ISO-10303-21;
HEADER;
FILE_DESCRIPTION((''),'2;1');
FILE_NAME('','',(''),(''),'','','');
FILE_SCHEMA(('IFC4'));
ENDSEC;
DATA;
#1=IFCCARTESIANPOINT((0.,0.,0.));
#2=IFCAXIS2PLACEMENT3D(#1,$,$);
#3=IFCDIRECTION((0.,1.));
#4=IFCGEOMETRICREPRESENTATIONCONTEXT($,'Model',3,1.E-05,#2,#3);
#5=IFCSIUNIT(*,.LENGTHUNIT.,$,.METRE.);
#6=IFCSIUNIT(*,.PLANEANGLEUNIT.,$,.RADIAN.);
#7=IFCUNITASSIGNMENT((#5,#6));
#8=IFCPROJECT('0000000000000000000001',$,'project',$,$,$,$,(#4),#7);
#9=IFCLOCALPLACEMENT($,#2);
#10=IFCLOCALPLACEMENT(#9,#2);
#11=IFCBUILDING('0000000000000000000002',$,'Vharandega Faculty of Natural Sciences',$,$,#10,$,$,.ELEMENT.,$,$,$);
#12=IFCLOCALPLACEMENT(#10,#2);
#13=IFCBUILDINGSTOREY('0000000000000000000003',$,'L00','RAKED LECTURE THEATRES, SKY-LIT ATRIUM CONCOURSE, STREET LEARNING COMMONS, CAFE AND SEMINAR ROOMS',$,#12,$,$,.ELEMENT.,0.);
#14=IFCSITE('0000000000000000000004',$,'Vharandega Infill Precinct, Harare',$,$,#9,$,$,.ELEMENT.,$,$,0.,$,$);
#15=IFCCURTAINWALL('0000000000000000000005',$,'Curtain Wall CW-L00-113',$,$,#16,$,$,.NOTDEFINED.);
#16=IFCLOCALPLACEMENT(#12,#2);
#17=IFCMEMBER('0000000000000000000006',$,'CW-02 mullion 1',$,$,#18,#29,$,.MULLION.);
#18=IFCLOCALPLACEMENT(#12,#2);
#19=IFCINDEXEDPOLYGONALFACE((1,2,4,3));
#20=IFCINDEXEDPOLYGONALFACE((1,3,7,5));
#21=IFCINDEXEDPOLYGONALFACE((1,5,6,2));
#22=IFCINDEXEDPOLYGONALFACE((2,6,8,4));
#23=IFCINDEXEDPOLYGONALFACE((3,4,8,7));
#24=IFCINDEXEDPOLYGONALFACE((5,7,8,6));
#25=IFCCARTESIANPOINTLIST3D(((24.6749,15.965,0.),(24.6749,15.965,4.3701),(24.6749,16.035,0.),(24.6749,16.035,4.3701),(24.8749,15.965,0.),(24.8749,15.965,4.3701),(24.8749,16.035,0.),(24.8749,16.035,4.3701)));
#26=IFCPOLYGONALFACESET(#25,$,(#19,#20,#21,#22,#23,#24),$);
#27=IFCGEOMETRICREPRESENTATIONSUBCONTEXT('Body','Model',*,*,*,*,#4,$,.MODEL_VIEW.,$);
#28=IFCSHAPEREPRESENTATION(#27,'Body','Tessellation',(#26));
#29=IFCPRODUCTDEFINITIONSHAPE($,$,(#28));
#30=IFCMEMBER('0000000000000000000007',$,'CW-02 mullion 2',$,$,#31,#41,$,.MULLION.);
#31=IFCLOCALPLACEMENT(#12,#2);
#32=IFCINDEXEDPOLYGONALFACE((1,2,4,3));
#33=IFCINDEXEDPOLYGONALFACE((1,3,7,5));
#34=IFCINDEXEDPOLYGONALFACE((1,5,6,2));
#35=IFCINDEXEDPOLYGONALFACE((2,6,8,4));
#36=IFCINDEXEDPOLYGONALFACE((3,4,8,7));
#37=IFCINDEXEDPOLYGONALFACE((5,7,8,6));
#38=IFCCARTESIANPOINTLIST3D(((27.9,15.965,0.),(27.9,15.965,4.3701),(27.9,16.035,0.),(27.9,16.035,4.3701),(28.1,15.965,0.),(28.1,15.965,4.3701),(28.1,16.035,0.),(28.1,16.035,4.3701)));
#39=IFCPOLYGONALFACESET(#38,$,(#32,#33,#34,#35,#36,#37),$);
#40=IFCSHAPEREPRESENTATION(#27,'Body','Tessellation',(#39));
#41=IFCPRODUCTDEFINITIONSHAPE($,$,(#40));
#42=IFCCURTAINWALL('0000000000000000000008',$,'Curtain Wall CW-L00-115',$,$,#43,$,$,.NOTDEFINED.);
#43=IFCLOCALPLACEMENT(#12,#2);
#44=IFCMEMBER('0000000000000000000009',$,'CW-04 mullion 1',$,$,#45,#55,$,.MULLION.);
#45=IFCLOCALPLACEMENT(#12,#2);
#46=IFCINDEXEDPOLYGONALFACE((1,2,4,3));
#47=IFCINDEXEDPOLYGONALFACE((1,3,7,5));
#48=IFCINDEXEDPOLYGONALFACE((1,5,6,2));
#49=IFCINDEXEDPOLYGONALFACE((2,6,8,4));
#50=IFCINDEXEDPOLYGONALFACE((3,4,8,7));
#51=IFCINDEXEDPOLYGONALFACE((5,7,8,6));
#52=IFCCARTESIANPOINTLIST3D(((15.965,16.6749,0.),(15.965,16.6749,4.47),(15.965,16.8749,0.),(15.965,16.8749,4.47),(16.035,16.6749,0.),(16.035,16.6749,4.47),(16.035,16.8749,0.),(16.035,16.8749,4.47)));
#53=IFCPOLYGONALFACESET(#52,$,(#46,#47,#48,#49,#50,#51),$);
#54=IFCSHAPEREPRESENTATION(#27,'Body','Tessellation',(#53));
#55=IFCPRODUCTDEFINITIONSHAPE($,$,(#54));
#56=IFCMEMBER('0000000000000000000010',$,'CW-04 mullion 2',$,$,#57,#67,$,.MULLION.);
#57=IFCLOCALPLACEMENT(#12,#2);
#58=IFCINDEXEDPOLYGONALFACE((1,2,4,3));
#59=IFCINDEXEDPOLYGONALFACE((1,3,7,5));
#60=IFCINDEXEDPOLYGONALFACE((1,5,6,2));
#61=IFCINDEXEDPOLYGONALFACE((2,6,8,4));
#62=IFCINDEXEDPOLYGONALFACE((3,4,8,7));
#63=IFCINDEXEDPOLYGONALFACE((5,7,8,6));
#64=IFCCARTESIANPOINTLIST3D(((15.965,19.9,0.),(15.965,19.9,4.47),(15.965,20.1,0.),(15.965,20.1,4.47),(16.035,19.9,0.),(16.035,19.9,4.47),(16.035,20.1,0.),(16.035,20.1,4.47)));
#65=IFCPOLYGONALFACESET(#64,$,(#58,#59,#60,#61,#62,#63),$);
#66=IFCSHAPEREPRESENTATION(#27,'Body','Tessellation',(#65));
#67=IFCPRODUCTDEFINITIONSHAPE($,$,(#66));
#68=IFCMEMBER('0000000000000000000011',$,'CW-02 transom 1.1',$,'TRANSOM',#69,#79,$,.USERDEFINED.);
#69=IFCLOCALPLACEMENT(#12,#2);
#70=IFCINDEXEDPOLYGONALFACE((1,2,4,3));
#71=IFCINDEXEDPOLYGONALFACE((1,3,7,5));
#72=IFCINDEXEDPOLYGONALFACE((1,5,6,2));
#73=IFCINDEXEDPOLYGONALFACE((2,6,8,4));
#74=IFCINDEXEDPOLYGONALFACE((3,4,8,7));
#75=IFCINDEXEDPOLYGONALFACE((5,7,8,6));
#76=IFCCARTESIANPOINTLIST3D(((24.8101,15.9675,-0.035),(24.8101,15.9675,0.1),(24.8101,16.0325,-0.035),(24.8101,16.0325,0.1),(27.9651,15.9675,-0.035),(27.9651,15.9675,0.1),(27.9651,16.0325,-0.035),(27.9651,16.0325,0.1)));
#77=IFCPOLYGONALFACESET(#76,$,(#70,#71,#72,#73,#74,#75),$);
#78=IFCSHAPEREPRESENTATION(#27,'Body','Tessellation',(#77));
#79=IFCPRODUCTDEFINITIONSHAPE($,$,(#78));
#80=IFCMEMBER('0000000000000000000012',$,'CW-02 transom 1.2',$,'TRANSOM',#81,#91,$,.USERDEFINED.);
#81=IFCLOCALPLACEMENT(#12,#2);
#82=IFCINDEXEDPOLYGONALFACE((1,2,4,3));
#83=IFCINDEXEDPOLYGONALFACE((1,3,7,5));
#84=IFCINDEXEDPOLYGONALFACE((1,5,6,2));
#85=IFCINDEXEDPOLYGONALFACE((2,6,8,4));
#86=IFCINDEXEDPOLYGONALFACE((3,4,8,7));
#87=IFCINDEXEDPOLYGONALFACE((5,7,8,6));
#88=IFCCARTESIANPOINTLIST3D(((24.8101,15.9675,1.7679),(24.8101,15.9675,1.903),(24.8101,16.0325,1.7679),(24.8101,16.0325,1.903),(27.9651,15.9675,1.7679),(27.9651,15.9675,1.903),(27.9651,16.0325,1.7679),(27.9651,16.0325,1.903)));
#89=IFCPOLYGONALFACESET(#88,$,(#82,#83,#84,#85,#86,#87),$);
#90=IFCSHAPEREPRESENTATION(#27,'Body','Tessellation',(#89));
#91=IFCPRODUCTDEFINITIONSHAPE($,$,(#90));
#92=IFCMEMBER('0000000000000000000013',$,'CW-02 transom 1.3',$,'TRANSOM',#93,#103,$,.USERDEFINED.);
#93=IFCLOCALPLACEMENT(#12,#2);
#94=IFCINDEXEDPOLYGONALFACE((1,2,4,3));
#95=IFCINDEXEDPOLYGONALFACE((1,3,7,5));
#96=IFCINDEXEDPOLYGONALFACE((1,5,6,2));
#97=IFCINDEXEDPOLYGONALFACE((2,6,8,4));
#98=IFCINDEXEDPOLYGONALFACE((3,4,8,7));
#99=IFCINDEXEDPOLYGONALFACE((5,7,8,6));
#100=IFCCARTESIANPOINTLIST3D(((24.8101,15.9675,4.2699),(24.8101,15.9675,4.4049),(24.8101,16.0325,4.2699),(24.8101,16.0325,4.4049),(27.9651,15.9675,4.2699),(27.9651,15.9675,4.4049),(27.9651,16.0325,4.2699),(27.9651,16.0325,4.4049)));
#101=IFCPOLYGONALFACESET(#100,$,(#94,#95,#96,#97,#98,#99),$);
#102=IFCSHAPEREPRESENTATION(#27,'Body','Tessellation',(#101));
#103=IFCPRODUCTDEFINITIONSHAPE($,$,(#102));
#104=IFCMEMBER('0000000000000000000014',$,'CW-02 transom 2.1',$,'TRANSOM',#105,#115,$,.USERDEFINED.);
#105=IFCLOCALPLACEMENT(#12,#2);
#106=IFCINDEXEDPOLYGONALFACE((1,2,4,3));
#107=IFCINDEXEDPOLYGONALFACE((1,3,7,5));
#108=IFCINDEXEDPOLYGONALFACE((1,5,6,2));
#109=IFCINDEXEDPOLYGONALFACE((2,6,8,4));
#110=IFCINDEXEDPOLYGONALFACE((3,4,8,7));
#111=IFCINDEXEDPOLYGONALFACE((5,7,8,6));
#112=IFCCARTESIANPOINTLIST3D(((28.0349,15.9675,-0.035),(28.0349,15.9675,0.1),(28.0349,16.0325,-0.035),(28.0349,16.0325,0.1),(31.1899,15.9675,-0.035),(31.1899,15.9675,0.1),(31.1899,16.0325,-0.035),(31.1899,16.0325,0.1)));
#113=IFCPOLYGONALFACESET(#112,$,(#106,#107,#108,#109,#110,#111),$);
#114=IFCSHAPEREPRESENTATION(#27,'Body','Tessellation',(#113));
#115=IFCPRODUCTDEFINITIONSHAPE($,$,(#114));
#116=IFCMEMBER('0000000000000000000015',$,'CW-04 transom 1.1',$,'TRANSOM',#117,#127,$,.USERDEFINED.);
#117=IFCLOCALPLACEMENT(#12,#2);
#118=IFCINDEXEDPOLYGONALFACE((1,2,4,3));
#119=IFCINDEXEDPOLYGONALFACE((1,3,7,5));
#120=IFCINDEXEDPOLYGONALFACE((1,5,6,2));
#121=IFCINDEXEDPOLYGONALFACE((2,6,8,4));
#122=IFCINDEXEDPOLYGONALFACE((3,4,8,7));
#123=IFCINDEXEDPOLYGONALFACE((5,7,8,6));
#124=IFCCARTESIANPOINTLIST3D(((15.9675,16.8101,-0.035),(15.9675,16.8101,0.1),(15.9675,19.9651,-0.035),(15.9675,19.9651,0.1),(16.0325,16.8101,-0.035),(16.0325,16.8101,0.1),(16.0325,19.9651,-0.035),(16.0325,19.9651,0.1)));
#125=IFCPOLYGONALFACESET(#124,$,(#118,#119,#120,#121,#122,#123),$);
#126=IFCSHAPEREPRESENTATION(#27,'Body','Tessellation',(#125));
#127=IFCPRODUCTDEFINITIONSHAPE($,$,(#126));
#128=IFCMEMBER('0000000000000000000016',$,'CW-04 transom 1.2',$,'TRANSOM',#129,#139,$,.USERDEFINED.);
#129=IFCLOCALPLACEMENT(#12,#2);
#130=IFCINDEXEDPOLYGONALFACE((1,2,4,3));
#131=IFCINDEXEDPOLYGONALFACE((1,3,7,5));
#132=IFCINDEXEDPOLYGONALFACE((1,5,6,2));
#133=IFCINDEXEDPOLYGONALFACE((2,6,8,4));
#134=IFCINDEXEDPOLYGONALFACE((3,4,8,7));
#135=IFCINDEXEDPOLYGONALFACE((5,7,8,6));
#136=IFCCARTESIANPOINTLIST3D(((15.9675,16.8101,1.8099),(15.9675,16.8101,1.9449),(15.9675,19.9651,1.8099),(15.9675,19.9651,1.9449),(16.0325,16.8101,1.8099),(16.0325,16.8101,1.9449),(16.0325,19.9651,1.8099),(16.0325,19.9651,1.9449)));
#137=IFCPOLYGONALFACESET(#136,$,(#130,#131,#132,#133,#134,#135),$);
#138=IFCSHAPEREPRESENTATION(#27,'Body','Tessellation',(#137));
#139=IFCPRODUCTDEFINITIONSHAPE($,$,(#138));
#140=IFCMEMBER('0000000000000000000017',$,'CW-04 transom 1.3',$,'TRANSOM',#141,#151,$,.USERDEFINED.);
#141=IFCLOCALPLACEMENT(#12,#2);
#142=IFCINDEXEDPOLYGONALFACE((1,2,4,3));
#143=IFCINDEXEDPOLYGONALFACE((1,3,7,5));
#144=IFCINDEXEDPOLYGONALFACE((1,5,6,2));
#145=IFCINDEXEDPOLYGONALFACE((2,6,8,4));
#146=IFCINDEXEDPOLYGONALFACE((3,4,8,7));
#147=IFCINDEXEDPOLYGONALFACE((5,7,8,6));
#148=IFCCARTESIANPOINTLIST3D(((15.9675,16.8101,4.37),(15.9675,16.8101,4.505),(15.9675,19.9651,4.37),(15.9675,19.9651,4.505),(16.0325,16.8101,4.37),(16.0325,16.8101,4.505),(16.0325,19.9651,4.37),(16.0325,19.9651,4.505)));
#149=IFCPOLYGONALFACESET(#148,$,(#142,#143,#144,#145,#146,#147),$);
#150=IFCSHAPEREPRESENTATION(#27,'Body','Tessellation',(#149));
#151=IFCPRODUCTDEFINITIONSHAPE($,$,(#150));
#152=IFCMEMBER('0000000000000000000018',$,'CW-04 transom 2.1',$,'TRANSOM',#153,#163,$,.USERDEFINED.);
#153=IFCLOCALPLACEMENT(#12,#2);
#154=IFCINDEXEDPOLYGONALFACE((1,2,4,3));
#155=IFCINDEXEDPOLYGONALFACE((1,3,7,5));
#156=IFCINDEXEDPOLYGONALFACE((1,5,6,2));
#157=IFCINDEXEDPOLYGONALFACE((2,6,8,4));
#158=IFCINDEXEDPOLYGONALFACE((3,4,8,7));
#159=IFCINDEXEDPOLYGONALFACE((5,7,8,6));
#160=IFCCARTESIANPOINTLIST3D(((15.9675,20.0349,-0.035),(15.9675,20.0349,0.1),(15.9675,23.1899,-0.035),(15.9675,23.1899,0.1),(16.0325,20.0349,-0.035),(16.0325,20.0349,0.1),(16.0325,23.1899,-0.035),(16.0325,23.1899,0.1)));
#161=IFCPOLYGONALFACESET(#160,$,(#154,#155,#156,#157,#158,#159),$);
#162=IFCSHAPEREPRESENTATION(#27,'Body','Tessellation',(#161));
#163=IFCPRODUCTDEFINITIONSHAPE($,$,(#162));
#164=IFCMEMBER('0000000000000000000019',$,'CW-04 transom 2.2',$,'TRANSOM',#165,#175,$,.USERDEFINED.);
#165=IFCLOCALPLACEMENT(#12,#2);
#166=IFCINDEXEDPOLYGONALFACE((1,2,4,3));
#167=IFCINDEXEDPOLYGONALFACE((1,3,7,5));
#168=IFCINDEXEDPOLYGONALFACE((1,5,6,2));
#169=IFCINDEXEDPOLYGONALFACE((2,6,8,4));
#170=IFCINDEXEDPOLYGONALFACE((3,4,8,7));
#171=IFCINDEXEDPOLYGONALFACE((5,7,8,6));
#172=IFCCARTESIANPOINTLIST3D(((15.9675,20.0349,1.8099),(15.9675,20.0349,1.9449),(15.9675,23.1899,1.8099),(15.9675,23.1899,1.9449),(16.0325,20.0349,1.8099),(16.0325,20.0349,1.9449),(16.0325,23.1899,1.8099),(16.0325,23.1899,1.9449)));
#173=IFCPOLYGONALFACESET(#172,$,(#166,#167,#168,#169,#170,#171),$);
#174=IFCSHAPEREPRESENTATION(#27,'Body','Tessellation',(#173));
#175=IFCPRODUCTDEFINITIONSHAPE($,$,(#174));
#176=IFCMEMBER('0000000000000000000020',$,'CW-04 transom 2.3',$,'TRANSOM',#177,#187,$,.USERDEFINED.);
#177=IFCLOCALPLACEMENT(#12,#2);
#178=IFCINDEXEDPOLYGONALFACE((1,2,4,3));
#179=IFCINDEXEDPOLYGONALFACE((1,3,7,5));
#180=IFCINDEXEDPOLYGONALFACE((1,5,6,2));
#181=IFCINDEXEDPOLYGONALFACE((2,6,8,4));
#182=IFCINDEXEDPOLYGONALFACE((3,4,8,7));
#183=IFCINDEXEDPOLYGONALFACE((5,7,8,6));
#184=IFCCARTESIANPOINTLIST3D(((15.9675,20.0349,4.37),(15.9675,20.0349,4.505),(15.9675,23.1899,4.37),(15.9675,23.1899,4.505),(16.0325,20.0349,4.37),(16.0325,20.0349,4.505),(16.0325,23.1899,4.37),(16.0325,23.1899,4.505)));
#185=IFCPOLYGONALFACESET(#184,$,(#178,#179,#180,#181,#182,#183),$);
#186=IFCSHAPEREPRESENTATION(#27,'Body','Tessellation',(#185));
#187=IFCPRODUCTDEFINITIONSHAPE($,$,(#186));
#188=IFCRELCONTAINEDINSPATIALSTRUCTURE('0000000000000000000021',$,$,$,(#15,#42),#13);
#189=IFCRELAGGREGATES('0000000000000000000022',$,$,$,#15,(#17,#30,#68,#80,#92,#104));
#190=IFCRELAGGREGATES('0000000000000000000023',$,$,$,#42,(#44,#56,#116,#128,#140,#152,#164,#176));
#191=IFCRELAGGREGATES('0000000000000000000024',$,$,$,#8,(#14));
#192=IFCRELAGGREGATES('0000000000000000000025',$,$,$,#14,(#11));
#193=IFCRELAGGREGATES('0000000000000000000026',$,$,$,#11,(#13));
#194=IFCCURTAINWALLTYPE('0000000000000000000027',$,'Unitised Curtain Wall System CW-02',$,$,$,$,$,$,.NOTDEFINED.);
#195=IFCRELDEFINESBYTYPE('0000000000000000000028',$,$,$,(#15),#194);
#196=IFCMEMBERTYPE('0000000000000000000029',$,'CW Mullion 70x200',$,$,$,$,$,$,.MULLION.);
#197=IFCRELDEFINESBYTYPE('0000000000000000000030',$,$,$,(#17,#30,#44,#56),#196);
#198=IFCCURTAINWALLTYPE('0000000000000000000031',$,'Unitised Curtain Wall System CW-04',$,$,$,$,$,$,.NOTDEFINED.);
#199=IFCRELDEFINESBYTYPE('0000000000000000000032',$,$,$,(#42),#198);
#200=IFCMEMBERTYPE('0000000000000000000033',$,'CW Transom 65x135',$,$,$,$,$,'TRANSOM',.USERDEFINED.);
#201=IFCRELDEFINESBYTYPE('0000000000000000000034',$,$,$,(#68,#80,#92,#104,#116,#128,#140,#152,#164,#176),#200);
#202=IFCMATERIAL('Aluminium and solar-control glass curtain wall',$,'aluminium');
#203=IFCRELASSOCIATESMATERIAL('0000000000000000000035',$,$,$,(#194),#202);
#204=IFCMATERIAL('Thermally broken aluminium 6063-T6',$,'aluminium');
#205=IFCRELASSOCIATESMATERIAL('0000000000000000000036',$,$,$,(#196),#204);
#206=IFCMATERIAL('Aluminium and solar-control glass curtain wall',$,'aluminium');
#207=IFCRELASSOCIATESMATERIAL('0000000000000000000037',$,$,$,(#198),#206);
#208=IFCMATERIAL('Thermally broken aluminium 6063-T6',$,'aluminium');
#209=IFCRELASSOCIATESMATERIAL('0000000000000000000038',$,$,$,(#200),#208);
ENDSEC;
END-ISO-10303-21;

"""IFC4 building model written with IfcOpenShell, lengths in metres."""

from ifc_helpers import new_model, si_unit, direction, frame, origin, origin_2d, place, context, subcontext, project, spatial, rectangle, extrude, material, material_profile, profile_set, type_object, element, aggregate, save


model = new_model("IFC4")

# Units and contexts
model_context = context("Model", 3, precision=1e-05, world=origin(), true_north=direction((0.0, 1.0)))
body_context = subcontext(model_context, "Body", "Model", "MODEL_VIEW")
ifc_project = project(units=[si_unit("LENGTHUNIT", "METRE"), si_unit("PLANEANGLEUNIT", "RADIAN")], contexts=[model_context])

# Site, building, storey
site_placement = place(None, origin())
site = spatial("IfcSite", under=ifc_project, at=site_placement, Name="Vharandega Infill Precinct, Harare", CompositionType="ELEMENT", RefElevation=0.0)
building_placement = place(site_placement, origin())
building = spatial("IfcBuilding", under=site, at=building_placement, Name="Vharandega Faculty of Natural Sciences", CompositionType="ELEMENT")
storey_placement = place(building_placement, origin())
storey = spatial("IfcBuildingStorey", under=building, at=storey_placement, Name="L00", Description="RAKED LECTURE THEATRES, SKY-LIT ATRIUM CONCOURSE, STREET LEARNING COMMONS, CAFE AND SEMINAR ROOMS", CompositionType="ELEMENT", Elevation=0.0)

# Curtain walls, members
ifc_material_1 = material(Name="Aluminium and solar-control glass curtain wall", Category="aluminium")
curtain_wall_type_1 = type_object("IfcCurtainWallType", Name="Unitised Curtain Wall System CW-02", PredefinedType="NOTDEFINED", material=ifc_material_1)
curtain_wall_1_placement = place(storey_placement, origin())
curtain_wall_1 = element("IfcCurtainWall", 1, at=curtain_wall_1_placement, inside=storey, type_object=curtain_wall_type_1, Name="Curtain Wall CW-L00-113", PredefinedType="NOTDEFINED")
ifc_material_2 = material(Name="Thermally broken aluminium 6063-T6", Category="aluminium")
ifc_material_profile_1 = material_profile(ifc_material_2, rectangle(XDim=0.0701, YDim=0.2, at=origin_2d()), Name="ALU 70x200")
ifc_profile_set_1 = profile_set([ifc_material_profile_1], Name="Thermally broken aluminium 6063-T6")
member_type_1 = type_object("IfcMemberType", Name="CW Mullion 70x200", PredefinedType="MULLION", material=ifc_profile_set_1)
member_1_placement = place(storey_placement, frame((24.7749, 16.0, 0.0), z_axis=(0.0, 0.0, 1.0), x_axis=(0.0, 1.0, 0.0)))
member_1 = element("IfcMember", 2, at=member_1_placement, type_object=member_type_1, Name="CW-02 mullion 1", PredefinedType="MULLION", context=body_context, shape_type="SweptSolid", body=[
    extrude(rectangle(XDim=0.0701, YDim=0.2, at=origin_2d()), origin(), (0.0, 0.0, 1.0), 4.3701),
])
member_2_placement = place(storey_placement, frame((28.0, 16.0, 0.0), z_axis=(0.0, 0.0, 1.0), x_axis=(0.0, 1.0, 0.0)))
member_2 = element("IfcMember", 3, at=member_2_placement, type_object=member_type_1, Name="CW-02 mullion 2", PredefinedType="MULLION", context=body_context, shape_type="SweptSolid", body=[
    extrude(rectangle(XDim=0.0701, YDim=0.2, at=origin_2d()), origin(), (0.0, 0.0, 1.0), 4.3701),
])
ifc_material_3 = material(Name="Aluminium and solar-control glass curtain wall", Category="aluminium")
curtain_wall_type_2 = type_object("IfcCurtainWallType", Name="Unitised Curtain Wall System CW-04", PredefinedType="NOTDEFINED", material=ifc_material_3)
curtain_wall_2_placement = place(storey_placement, origin())
curtain_wall_2 = element("IfcCurtainWall", 4, at=curtain_wall_2_placement, inside=storey, type_object=curtain_wall_type_2, Name="Curtain Wall CW-L00-115", PredefinedType="NOTDEFINED")
member_3_placement = place(storey_placement, frame((16.0, 16.7749, 0.0), z_axis=(0.0, 0.0, 1.0), x_axis=(-1.0, 0.0, 0.0)))
member_3 = element("IfcMember", 5, at=member_3_placement, type_object=member_type_1, Name="CW-04 mullion 1", PredefinedType="MULLION", context=body_context, shape_type="SweptSolid", body=[
    extrude(rectangle(XDim=0.0701, YDim=0.2, at=origin_2d()), origin(), (0.0, 0.0, 1.0), 4.47),
])
member_4_placement = place(storey_placement, frame((16.0, 20.0, 0.0), z_axis=(0.0, 0.0, 1.0), x_axis=(-1.0, 0.0, 0.0)))
member_4 = element("IfcMember", 6, at=member_4_placement, type_object=member_type_1, Name="CW-04 mullion 2", PredefinedType="MULLION", context=body_context, shape_type="SweptSolid", body=[
    extrude(rectangle(XDim=0.0701, YDim=0.2, at=origin_2d()), origin(), (0.0, 0.0, 1.0), 4.47),
])

# Members
ifc_material_4 = material(Name="Thermally broken aluminium 6063-T6", Category="aluminium")
ifc_material_profile_2 = material_profile(ifc_material_4, rectangle(XDim=0.0649, YDim=0.135, at=origin_2d()), Name="ALU 65x135")
ifc_profile_set_2 = profile_set([ifc_material_profile_2], Name="Thermally broken aluminium 6063-T6")
member_type_2 = type_object("IfcMemberType", Name="CW Transom 65x135", ElementType="TRANSOM", PredefinedType="USERDEFINED", material=ifc_profile_set_2)
member_5_placement = place(storey_placement, frame((24.8101, 16.0, 0.0325), z_axis=(1.0, 0.0, 0.0), x_axis=(0.0, 1.0, 0.0)))
member_5 = element("IfcMember", 7, at=member_5_placement, type_object=member_type_2, Name="CW-02 transom 1.1", ObjectType="TRANSOM", PredefinedType="USERDEFINED", context=body_context, shape_type="SweptSolid", body=[
    extrude(rectangle(XDim=0.0649, YDim=0.135, at=origin_2d()), origin(), (0.0, 0.0, 1.0), 3.155),
])
member_6_placement = place(storey_placement, frame((24.8101, 16.0, 1.8354), z_axis=(1.0, 0.0, 0.0), x_axis=(0.0, 1.0, 0.0)))
member_6 = element("IfcMember", 8, at=member_6_placement, type_object=member_type_2, Name="CW-02 transom 1.2", ObjectType="TRANSOM", PredefinedType="USERDEFINED", context=body_context, shape_type="SweptSolid", body=[
    extrude(rectangle(XDim=0.0649, YDim=0.135, at=origin_2d()), origin(), (0.0, 0.0, 1.0), 3.155),
])
member_7_placement = place(storey_placement, frame((24.8101, 16.0, 4.3374), z_axis=(1.0, 0.0, 0.0), x_axis=(0.0, 1.0, 0.0)))
member_7 = element("IfcMember", 9, at=member_7_placement, type_object=member_type_2, Name="CW-02 transom 1.3", ObjectType="TRANSOM", PredefinedType="USERDEFINED", context=body_context, shape_type="SweptSolid", body=[
    extrude(rectangle(XDim=0.0649, YDim=0.135, at=origin_2d()), origin(), (0.0, 0.0, 1.0), 3.155),
])
member_8_placement = place(storey_placement, frame((28.0349, 16.0, 0.0325), z_axis=(1.0, 0.0, 0.0), x_axis=(0.0, 1.0, 0.0)))
member_8 = element("IfcMember", 10, at=member_8_placement, type_object=member_type_2, Name="CW-02 transom 2.1", ObjectType="TRANSOM", PredefinedType="USERDEFINED", context=body_context, shape_type="SweptSolid", body=[
    extrude(rectangle(XDim=0.0649, YDim=0.135, at=origin_2d()), origin(), (0.0, 0.0, 1.0), 3.155),
])
member_9_placement = place(storey_placement, frame((16.0, 16.8101, 0.0325), z_axis=(0.0, 1.0, 0.0), x_axis=(-1.0, 0.0, 0.0)))
member_9 = element("IfcMember", 11, at=member_9_placement, type_object=member_type_2, Name="CW-04 transom 1.1", ObjectType="TRANSOM", PredefinedType="USERDEFINED", context=body_context, shape_type="SweptSolid", body=[
    extrude(rectangle(XDim=0.0649, YDim=0.135, at=origin_2d()), origin(), (0.0, 0.0, 1.0), 3.155),
])
member_10_placement = place(storey_placement, frame((16.0, 16.8101, 1.8774), z_axis=(0.0, 1.0, 0.0), x_axis=(-1.0, 0.0, 0.0)))
member_10 = element("IfcMember", 12, at=member_10_placement, type_object=member_type_2, Name="CW-04 transom 1.2", ObjectType="TRANSOM", PredefinedType="USERDEFINED", context=body_context, shape_type="SweptSolid", body=[
    extrude(rectangle(XDim=0.0649, YDim=0.135, at=origin_2d()), origin(), (0.0, 0.0, 1.0), 3.155),
])
member_11_placement = place(storey_placement, frame((16.0, 16.8101, 4.4375), z_axis=(0.0, 1.0, 0.0), x_axis=(-1.0, 0.0, 0.0)))
member_11 = element("IfcMember", 13, at=member_11_placement, type_object=member_type_2, Name="CW-04 transom 1.3", ObjectType="TRANSOM", PredefinedType="USERDEFINED", context=body_context, shape_type="SweptSolid", body=[
    extrude(rectangle(XDim=0.0649, YDim=0.135, at=origin_2d()), origin(), (0.0, 0.0, 1.0), 3.155),
])
member_12_placement = place(storey_placement, frame((16.0, 20.0349, 0.0325), z_axis=(0.0, 1.0, 0.0), x_axis=(-1.0, 0.0, 0.0)))
member_12 = element("IfcMember", 14, at=member_12_placement, type_object=member_type_2, Name="CW-04 transom 2.1", ObjectType="TRANSOM", PredefinedType="USERDEFINED", context=body_context, shape_type="SweptSolid", body=[
    extrude(rectangle(XDim=0.0649, YDim=0.135, at=origin_2d()), origin(), (0.0, 0.0, 1.0), 3.155),
])
member_13_placement = place(storey_placement, frame((16.0, 20.0349, 1.8774), z_axis=(0.0, 1.0, 0.0), x_axis=(-1.0, 0.0, 0.0)))
member_13 = element("IfcMember", 15, at=member_13_placement, type_object=member_type_2, Name="CW-04 transom 2.2", ObjectType="TRANSOM", PredefinedType="USERDEFINED", context=body_context, shape_type="SweptSolid", body=[
    extrude(rectangle(XDim=0.0649, YDim=0.135, at=origin_2d()), origin(), (0.0, 0.0, 1.0), 3.155),
])
member_14_placement = place(storey_placement, frame((16.0, 20.0349, 4.4375), z_axis=(0.0, 1.0, 0.0), x_axis=(-1.0, 0.0, 0.0)))
member_14 = element("IfcMember", 16, at=member_14_placement, type_object=member_type_2, Name="CW-04 transom 2.3", ObjectType="TRANSOM", PredefinedType="USERDEFINED", context=body_context, shape_type="SweptSolid", body=[
    extrude(rectangle(XDim=0.0649, YDim=0.135, at=origin_2d()), origin(), (0.0, 0.0, 1.0), 3.155),
])

aggregate(curtain_wall_1, [member_1, member_2, member_5, member_6, member_7, member_8])
aggregate(curtain_wall_2, [member_3, member_4, member_9, member_10, member_11, member_12, member_13, member_14])

save(model, "model.ifc")
